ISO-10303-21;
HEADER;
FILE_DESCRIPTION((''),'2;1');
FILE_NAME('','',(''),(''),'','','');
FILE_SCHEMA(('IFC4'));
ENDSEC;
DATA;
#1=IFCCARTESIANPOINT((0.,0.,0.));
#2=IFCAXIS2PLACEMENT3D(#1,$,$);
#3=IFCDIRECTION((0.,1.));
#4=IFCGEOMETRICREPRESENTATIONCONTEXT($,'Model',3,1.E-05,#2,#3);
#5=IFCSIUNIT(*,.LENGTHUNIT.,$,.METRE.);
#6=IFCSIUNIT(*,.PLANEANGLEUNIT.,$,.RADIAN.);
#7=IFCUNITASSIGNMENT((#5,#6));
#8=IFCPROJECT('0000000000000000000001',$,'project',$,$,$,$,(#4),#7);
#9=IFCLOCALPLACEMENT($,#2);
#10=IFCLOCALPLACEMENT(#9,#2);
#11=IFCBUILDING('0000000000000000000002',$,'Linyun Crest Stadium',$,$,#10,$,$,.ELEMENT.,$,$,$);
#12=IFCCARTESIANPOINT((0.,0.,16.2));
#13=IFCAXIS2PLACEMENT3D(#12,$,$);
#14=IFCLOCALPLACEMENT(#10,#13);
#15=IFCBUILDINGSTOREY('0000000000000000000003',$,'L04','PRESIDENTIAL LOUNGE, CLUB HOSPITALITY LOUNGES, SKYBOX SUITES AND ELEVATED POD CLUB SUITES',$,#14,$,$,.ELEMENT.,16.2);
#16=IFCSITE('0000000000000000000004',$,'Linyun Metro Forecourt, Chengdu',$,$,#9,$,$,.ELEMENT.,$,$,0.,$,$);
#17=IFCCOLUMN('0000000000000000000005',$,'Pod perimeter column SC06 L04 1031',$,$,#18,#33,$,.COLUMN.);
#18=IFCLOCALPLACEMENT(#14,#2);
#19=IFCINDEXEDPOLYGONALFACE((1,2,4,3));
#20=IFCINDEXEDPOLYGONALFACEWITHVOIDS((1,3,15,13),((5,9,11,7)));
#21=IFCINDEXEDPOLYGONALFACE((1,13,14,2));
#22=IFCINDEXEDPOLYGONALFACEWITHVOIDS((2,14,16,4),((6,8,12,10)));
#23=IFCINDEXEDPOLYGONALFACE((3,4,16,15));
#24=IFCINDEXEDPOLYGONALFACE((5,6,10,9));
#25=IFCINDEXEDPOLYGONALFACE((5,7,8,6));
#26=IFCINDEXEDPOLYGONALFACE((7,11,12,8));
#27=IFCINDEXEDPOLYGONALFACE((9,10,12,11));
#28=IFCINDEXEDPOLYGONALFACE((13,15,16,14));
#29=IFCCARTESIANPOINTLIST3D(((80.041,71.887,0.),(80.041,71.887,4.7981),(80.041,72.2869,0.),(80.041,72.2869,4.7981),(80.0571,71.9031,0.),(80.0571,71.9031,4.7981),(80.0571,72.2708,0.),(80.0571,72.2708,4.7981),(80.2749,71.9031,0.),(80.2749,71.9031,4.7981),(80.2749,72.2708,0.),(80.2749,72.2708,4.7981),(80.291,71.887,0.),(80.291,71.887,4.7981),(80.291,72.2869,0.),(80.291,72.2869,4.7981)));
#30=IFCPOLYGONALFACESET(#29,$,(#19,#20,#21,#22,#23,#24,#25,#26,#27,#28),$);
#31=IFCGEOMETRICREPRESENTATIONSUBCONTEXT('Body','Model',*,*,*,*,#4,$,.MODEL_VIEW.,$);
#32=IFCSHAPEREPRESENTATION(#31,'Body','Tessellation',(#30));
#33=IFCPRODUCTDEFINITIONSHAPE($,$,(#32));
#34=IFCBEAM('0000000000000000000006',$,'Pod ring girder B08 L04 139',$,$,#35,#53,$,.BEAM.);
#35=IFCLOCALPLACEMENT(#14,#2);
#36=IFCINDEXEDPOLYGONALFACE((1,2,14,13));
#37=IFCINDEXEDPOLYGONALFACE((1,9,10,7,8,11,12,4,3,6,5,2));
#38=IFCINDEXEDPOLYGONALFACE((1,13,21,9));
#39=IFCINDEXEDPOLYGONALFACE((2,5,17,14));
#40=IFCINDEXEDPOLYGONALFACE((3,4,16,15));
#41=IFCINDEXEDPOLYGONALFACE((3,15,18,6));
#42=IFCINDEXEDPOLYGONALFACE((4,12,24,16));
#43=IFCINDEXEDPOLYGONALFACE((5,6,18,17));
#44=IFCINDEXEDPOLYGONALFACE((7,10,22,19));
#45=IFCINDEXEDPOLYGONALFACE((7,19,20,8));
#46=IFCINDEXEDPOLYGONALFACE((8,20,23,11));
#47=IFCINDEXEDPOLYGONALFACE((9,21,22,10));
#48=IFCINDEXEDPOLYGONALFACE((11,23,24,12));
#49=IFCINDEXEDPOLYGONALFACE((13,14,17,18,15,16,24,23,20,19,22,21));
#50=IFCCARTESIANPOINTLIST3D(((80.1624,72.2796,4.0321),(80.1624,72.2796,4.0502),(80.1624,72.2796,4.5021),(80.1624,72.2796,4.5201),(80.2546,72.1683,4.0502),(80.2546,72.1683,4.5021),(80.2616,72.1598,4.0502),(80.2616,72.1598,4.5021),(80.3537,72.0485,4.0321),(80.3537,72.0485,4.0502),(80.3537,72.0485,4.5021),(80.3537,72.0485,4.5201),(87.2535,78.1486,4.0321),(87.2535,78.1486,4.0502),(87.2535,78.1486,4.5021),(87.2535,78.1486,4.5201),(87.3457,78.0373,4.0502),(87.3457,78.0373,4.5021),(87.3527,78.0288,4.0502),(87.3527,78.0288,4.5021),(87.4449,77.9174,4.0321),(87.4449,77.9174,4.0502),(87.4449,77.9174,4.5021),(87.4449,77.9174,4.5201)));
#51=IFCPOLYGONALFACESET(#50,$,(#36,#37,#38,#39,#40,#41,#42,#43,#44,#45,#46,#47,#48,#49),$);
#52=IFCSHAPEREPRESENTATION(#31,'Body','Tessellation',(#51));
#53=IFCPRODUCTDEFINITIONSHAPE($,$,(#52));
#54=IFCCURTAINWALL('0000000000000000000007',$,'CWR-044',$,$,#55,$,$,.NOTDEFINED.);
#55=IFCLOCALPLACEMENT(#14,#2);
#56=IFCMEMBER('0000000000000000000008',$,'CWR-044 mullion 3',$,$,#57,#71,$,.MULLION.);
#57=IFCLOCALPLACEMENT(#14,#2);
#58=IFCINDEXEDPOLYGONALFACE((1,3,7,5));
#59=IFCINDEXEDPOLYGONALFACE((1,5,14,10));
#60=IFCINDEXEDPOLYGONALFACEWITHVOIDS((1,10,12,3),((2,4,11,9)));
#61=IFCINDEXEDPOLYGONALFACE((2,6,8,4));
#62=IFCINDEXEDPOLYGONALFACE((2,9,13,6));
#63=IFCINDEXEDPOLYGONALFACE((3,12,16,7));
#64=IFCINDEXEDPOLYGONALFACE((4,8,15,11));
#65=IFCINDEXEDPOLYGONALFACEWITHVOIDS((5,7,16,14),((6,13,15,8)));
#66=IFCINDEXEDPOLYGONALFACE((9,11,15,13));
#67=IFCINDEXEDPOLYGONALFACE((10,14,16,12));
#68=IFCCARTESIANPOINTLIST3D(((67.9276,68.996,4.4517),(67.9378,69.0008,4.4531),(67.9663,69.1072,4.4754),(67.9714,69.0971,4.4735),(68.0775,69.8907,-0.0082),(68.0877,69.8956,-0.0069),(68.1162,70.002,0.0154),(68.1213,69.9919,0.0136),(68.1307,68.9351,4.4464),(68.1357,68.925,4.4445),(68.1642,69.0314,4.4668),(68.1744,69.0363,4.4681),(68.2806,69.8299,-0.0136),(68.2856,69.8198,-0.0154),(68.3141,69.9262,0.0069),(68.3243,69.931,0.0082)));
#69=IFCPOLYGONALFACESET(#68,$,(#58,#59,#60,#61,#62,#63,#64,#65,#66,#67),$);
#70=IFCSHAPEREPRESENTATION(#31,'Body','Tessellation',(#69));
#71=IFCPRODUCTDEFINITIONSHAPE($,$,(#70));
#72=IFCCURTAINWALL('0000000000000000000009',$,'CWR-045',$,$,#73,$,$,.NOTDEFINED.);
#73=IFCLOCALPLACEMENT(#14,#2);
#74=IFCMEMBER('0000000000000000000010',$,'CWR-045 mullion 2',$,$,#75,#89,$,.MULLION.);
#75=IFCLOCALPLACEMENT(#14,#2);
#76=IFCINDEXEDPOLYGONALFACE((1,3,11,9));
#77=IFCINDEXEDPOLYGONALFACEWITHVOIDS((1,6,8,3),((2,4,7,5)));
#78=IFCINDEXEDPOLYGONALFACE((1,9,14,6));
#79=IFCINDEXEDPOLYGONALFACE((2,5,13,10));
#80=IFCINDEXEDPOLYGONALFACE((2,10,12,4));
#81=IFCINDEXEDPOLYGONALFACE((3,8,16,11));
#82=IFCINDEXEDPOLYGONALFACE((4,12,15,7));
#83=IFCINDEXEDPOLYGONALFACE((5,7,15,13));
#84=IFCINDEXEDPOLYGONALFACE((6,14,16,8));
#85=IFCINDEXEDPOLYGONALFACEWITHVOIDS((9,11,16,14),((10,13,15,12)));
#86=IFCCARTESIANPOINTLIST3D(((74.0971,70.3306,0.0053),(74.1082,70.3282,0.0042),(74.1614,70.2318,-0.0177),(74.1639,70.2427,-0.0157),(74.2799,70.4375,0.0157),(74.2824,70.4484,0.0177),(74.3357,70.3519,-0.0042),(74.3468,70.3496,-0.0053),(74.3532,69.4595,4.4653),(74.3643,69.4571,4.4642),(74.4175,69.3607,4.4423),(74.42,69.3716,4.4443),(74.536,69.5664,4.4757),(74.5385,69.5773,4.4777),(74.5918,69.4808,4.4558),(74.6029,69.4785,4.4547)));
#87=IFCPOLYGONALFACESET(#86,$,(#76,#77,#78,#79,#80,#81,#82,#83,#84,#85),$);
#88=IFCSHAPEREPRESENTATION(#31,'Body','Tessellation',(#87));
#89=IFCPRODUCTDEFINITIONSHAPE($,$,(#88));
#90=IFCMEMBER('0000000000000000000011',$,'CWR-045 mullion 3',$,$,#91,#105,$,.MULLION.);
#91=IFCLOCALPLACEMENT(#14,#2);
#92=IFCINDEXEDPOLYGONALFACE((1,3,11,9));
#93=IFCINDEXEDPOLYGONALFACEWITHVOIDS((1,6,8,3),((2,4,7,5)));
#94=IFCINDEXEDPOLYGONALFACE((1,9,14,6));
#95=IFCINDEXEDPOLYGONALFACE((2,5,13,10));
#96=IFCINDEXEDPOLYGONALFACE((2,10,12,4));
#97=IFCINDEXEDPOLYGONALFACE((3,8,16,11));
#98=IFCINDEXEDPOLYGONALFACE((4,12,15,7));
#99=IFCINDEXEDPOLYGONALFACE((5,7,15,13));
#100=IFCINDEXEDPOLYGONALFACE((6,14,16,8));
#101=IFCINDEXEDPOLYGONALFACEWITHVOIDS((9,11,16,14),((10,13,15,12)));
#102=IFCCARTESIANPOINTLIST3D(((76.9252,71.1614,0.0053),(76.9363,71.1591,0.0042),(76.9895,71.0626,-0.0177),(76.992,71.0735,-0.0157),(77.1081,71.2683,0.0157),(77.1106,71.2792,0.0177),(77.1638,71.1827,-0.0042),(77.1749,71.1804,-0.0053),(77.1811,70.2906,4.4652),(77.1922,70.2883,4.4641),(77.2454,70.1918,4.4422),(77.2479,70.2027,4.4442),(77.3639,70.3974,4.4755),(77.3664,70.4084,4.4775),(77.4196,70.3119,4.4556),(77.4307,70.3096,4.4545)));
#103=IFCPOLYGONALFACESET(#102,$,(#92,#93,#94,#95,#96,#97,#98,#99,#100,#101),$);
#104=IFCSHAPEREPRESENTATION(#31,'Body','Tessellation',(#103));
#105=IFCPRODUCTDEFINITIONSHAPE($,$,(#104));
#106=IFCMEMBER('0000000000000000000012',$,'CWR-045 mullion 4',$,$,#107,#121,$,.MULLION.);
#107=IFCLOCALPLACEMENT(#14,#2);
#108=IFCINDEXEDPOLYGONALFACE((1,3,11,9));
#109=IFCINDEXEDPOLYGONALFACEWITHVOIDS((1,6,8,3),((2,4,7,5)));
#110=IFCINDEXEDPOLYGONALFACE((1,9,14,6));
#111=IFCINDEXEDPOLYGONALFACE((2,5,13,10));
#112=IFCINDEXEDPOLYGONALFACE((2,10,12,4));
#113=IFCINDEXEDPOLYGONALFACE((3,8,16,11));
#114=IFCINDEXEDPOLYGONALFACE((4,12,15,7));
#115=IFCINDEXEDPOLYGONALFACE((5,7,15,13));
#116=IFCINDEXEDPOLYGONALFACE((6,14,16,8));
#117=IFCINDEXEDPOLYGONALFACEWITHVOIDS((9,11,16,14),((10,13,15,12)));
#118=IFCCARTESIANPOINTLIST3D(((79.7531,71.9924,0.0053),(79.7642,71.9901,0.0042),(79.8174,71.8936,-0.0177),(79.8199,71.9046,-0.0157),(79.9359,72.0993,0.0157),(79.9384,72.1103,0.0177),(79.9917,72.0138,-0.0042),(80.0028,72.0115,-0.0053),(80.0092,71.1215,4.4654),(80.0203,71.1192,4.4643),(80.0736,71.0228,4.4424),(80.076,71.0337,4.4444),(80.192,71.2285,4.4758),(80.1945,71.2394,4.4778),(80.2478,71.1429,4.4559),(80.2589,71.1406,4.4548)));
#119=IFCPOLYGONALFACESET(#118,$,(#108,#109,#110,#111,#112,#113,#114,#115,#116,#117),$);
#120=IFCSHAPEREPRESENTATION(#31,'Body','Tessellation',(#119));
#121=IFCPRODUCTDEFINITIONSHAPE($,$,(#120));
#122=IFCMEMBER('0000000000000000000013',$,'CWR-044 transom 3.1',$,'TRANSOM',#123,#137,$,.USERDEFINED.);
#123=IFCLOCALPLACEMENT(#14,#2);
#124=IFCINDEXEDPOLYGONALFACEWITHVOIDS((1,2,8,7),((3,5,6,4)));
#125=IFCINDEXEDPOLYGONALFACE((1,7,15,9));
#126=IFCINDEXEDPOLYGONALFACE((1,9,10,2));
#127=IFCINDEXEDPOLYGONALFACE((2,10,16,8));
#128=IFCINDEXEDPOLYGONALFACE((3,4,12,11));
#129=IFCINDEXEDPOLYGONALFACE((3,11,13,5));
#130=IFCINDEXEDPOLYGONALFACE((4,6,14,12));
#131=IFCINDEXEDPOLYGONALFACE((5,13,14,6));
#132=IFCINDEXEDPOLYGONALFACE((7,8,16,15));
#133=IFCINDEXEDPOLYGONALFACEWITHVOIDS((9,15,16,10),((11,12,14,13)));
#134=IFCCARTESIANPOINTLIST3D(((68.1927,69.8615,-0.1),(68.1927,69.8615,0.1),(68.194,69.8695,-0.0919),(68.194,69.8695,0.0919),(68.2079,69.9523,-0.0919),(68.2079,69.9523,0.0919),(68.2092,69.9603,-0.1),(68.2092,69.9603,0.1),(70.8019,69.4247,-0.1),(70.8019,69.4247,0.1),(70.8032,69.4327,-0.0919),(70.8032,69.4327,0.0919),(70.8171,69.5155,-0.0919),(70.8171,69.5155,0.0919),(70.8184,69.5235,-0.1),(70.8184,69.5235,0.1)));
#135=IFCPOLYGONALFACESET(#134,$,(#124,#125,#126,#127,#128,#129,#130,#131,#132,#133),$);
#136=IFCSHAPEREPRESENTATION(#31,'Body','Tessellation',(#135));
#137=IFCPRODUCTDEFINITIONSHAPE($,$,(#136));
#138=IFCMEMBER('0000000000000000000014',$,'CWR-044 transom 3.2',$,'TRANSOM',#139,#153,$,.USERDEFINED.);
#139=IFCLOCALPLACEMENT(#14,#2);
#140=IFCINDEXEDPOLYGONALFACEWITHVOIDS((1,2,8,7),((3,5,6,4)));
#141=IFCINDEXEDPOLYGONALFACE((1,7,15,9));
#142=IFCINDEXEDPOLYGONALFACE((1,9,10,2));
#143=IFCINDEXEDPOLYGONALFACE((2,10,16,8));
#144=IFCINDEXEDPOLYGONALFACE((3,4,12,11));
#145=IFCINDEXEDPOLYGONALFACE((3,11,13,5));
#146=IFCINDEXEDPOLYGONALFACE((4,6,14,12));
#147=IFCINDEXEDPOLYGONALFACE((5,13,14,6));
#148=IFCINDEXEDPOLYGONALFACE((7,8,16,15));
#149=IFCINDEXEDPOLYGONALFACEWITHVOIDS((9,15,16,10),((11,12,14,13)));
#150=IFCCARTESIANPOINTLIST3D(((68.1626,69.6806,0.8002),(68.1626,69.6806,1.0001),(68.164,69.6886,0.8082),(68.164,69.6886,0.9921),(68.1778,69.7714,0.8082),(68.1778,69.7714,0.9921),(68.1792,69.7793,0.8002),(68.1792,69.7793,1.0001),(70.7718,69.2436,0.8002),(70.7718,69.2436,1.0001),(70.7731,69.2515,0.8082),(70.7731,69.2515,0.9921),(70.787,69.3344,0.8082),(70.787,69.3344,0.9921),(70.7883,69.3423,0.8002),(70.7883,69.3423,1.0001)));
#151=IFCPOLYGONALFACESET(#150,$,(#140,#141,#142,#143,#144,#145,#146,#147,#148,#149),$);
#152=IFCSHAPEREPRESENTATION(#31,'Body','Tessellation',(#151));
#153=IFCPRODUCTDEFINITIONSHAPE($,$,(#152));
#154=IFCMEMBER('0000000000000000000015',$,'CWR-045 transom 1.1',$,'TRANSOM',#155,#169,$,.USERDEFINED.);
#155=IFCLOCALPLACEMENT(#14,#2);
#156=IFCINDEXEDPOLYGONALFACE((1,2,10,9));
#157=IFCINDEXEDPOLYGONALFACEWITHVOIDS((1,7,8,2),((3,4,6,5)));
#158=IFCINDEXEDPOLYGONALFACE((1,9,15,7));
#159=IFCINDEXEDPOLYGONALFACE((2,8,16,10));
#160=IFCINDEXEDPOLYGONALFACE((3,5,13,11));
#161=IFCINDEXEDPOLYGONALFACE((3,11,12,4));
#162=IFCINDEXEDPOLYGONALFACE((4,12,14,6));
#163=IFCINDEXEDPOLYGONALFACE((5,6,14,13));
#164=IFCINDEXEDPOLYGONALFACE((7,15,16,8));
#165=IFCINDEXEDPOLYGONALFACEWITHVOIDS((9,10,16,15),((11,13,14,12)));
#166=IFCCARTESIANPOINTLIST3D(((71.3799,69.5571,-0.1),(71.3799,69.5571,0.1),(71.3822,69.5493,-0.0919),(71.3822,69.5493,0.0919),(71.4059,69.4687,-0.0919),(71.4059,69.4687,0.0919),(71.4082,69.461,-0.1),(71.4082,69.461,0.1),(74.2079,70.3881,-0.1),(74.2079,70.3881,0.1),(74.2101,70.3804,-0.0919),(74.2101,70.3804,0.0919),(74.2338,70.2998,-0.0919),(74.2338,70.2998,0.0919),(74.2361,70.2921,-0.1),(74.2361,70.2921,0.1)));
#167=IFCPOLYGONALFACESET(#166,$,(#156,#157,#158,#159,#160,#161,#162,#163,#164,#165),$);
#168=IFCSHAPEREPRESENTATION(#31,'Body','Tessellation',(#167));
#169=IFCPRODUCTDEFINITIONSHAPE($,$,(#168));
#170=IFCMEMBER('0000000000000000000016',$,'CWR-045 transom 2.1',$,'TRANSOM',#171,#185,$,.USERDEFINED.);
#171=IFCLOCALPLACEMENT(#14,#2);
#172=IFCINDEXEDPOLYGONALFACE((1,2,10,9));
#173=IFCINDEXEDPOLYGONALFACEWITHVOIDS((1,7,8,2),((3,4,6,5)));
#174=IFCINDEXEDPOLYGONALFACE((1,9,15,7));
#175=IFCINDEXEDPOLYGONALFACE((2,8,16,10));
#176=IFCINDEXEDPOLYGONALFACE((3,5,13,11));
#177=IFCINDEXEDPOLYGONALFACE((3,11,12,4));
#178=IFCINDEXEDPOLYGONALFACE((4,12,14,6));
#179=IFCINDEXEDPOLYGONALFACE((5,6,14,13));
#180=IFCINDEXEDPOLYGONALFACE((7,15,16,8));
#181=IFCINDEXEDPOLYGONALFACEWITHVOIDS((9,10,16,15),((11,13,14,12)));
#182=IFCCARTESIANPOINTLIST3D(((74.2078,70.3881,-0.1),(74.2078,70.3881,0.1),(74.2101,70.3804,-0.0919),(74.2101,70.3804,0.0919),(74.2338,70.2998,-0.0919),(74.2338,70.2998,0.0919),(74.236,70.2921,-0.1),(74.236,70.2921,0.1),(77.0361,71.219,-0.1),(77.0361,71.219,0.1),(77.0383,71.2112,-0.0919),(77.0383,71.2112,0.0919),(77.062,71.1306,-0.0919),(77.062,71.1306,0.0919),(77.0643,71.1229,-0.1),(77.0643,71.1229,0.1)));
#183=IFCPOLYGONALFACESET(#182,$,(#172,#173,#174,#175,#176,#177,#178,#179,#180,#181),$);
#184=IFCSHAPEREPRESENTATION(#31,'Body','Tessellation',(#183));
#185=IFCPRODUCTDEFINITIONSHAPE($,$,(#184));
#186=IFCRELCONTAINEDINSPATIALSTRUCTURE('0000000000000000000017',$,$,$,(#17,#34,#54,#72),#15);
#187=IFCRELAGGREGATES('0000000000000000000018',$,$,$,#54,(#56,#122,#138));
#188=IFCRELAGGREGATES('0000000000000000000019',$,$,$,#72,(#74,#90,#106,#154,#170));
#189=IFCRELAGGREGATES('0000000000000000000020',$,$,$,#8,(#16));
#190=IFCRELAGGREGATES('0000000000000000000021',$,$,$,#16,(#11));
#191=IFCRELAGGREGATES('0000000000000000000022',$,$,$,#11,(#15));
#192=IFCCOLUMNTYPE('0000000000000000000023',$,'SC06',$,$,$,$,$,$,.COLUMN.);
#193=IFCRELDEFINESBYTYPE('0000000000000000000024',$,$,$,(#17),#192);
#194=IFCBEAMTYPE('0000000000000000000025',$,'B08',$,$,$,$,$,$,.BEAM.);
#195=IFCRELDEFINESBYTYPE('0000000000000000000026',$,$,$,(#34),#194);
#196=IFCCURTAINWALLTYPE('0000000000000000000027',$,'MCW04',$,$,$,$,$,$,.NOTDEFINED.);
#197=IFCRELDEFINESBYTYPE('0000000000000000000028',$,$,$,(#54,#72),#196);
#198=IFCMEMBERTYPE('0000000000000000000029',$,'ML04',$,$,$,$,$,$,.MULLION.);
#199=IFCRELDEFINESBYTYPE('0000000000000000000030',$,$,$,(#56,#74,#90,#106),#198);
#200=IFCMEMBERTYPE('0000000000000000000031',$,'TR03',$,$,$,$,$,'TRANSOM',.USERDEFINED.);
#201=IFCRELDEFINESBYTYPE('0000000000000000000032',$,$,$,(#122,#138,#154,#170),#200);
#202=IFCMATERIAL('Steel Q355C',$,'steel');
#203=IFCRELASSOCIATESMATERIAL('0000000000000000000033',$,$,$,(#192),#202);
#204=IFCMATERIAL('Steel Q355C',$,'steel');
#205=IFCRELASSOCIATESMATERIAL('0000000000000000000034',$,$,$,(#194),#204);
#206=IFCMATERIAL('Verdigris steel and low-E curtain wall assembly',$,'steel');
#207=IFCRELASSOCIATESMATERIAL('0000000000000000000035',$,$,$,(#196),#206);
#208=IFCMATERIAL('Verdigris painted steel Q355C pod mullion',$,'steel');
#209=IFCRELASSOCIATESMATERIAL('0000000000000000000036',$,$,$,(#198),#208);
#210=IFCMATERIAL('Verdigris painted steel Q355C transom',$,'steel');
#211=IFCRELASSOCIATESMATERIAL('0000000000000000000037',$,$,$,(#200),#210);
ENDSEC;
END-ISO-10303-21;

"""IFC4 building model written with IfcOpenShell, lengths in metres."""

from ifc_helpers import new_model, si_unit, direction, frame, origin, origin_2d, place, context, subcontext, project, spatial, hollow_rectangle, i_section, extrude, material, material_profile, profile_set, type_object, element, aggregate, save


model = new_model("IFC4")

# Units and contexts
model_context = context("Model", 3, precision=1e-05, world=origin(), true_north=direction((0.0, 1.0)))
body_context = subcontext(model_context, "Body", "Model", "MODEL_VIEW")
ifc_project = project(units=[si_unit("LENGTHUNIT", "METRE"), si_unit("PLANEANGLEUNIT", "RADIAN")], contexts=[model_context])

# Site, building, storey
site_placement = place(None, origin())
site = spatial("IfcSite", under=ifc_project, at=site_placement, Name="Linyun Metro Forecourt, Chengdu", CompositionType="ELEMENT", RefElevation=0.0)
building_placement = place(site_placement, origin())
building = spatial("IfcBuilding", under=site, at=building_placement, Name="Linyun Crest Stadium", CompositionType="ELEMENT")
storey_placement = place(building_placement, frame((0.0, 0.0, 16.2)))
storey = spatial("IfcBuildingStorey", under=building, at=storey_placement, Name="L04", Description="PRESIDENTIAL LOUNGE, CLUB HOSPITALITY LOUNGES, SKYBOX SUITES AND ELEVATED POD CLUB SUITES", CompositionType="ELEMENT", Elevation=16.2)

# Column
ifc_material_1 = material(Name="Steel Q355C", Category="steel")
ifc_material_profile_1 = material_profile(ifc_material_1, hollow_rectangle(XDim=0.25, YDim=0.3999, WallThickness=0.0161, at=origin_2d()), Name="RHS 400x250x16")
ifc_profile_set_1 = profile_set([ifc_material_profile_1], Name="Steel Q355C")
column_type = type_object("IfcColumnType", Name="SC06", PredefinedType="COLUMN", material=ifc_profile_set_1)
column_placement = place(storey_placement, frame((80.166, 72.0869, 0.0), z_axis=(0.0, 0.0, 1.0), x_axis=(1.0, 0.0, 0.0)))
element("IfcColumn", 1, at=column_placement, inside=storey, type_object=column_type, Name="Pod perimeter column SC06 L04 1031", PredefinedType="COLUMN", context=body_context, shape_type="SweptSolid", body=[
    extrude(hollow_rectangle(XDim=0.25, YDim=0.3999, WallThickness=0.0161, at=origin_2d()), origin(), (0.0, 0.0, 1.0), 4.7981),
])

# Beam
ifc_material_2 = material(Name="Steel Q355C", Category="steel")
ifc_material_profile_2 = material_profile(ifc_material_2, i_section(OverallWidth=0.3, OverallDepth=0.488, WebThickness=0.011, FlangeThickness=0.0181, at=origin_2d()), Name="HM 488x300")
ifc_profile_set_2 = profile_set([ifc_material_profile_2], Name="Steel Q355C")
beam_type = type_object("IfcBeamType", Name="B08", PredefinedType="BEAM", material=ifc_profile_set_2)
beam_placement = place(storey_placement, frame((80.2581, 72.1641, 4.2761), z_axis=(0.770371, 0.637595, 0.0), x_axis=(-0.637595, 0.770371, 0.0)))
element("IfcBeam", 2, at=beam_placement, inside=storey, type_object=beam_type, Name="Pod ring girder B08 L04 139", PredefinedType="BEAM", context=body_context, shape_type="SweptSolid", body=[
    extrude(i_section(OverallWidth=0.3, OverallDepth=0.488, WebThickness=0.011, FlangeThickness=0.0181, at=origin_2d()), origin(), (0.0, 0.0, 1.0), 9.2048),
])

# Curtain wall, member
ifc_material_3 = material(Name="Verdigris steel and low-E curtain wall assembly", Category="steel")
curtain_wall_type = type_object("IfcCurtainWallType", Name="MCW04", PredefinedType="NOTDEFINED", material=ifc_material_3)
curtain_wall_1_placement = place(storey_placement, origin())
curtain_wall_1 = element("IfcCurtainWall", 3, at=curtain_wall_1_placement, inside=storey, type_object=curtain_wall_type, Name="CWR-044", PredefinedType="NOTDEFINED")
ifc_material_4 = material(Name="Verdigris painted steel Q355C pod mullion", Category="steel")
ifc_material_profile_3 = material_profile(ifc_material_4, hollow_rectangle(XDim=0.1201, YDim=0.22, WallThickness=0.0081, at=origin_2d()), Name="RHS 220x120x8")
ifc_profile_set_3 = profile_set([ifc_material_profile_3], Name="Verdigris painted steel Q355C pod mullion")
member_type_1 = type_object("IfcMemberType", Name="ML04", PredefinedType="MULLION", material=ifc_profile_set_3)
member_1_placement = place(storey_placement, frame((68.2009, 69.9109, 0.0), z_axis=(-0.032936, -0.196598, 0.979931), x_axis=(0.322471, 0.925937, 0.196604)))
member_1 = element("IfcMember", 4, at=member_1_placement, type_object=member_type_1, Name="CWR-044 mullion 3", PredefinedType="MULLION", context=body_context, shape_type="SweptSolid", body=[
    extrude(hollow_rectangle(XDim=0.1201, YDim=0.22, WallThickness=0.0081, at=origin_2d()), origin(), (0.0, 0.0, 1.0), 4.5513),
])

# Curtain wall, members
curtain_wall_2_placement = place(storey_placement, origin())
curtain_wall_2 = element("IfcCurtainWall", 5, at=curtain_wall_2_placement, inside=storey, type_object=curtain_wall_type, Name="CWR-045", PredefinedType="NOTDEFINED")
member_2_placement = place(storey_placement, frame((74.2219, 70.3401, 0.0), z_axis=(0.056269, -0.191388, 0.9799), x_axis=(-0.535733, 0.822411, 0.191392)))
member_2 = element("IfcMember", 6, at=member_2_placement, type_object=member_type_1, Name="CWR-045 mullion 2", PredefinedType="MULLION", context=body_context, shape_type="SweptSolid", body=[
    extrude(hollow_rectangle(XDim=0.1201, YDim=0.22, WallThickness=0.0081, at=origin_2d()), origin(), (0.0, 0.0, 1.0), 4.5515),
])
member_3_placement = place(storey_placement, frame((77.05, 71.1709, 0.0), z_axis=(0.056216, -0.191337, 0.979913), x_axis=(-0.535586, 0.822521, 0.19133)))
member_3 = element("IfcMember", 7, at=member_3_placement, type_object=member_type_1, Name="CWR-045 mullion 3", PredefinedType="MULLION", context=body_context, shape_type="SweptSolid", body=[
    extrude(hollow_rectangle(XDim=0.1201, YDim=0.22, WallThickness=0.0081, at=origin_2d()), origin(), (0.0, 0.0, 1.0), 4.5513),
])
member_4_placement = place(storey_placement, frame((79.8779, 72.002, 0.0), z_axis=(0.056269, -0.191337, 0.97991), x_axis=(-0.535798, 0.82238, 0.191344)))
member_4 = element("IfcMember", 8, at=member_4_placement, type_object=member_type_1, Name="CWR-045 mullion 4", PredefinedType="MULLION", context=body_context, shape_type="SweptSolid", body=[
    extrude(hollow_rectangle(XDim=0.1201, YDim=0.22, WallThickness=0.0081, at=origin_2d()), origin(), (0.0, 0.0, 1.0), 4.5515),
])

# Members
ifc_material_5 = material(Name="Verdigris painted steel Q355C transom", Category="steel")
ifc_material_profile_4 = material_profile(ifc_material_5, hollow_rectangle(XDim=0.1001, YDim=0.2, WallThickness=0.0081, at=origin_2d()), Name="RHS 200x100x8")
ifc_profile_set_4 = profile_set([ifc_material_profile_4], Name="Verdigris painted steel Q355C transom")
member_type_2 = type_object("IfcMemberType", Name="TR03", ElementType="TRANSOM", PredefinedType="USERDEFINED", material=ifc_profile_set_4)
member_5_placement = place(storey_placement, frame((68.2009, 69.9109, 0.0), z_axis=(0.986276, -0.165102, 0.0), x_axis=(0.165102, 0.986276, 0.0)))
member_5 = element("IfcMember", 9, at=member_5_placement, type_object=member_type_2, Name="CWR-044 transom 3.1", ObjectType="TRANSOM", PredefinedType="USERDEFINED", context=body_context, shape_type="SweptSolid", body=[
    extrude(hollow_rectangle(XDim=0.1001, YDim=0.2, WallThickness=0.0081, at=origin_2d()), origin(), (0.0, 0.0, 1.0), 2.6455),
])
member_6_placement = place(storey_placement, frame((68.1709, 69.73, 0.9001), z_axis=(0.986261, -0.165192, 0.0), x_axis=(0.165192, 0.986261, 0.0)))
member_6 = element("IfcMember", 10, at=member_6_placement, type_object=member_type_2, Name="CWR-044 transom 3.2", ObjectType="TRANSOM", PredefinedType="USERDEFINED", context=body_context, shape_type="SweptSolid", body=[
    extrude(hollow_rectangle(XDim=0.1001, YDim=0.2, WallThickness=0.0081, at=origin_2d()), origin(), (0.0, 0.0, 1.0), 2.6455),
])
member_7_placement = place(storey_placement, frame((71.394, 69.509, 0.0), z_axis=(0.959427, 0.281956, 0.0), x_axis=(-0.281956, 0.959427, 0.0)))
member_7 = element("IfcMember", 11, at=member_7_placement, type_object=member_type_2, Name="CWR-045 transom 1.1", ObjectType="TRANSOM", PredefinedType="USERDEFINED", context=body_context, shape_type="SweptSolid", body=[
    extrude(hollow_rectangle(XDim=0.1001, YDim=0.2, WallThickness=0.0081, at=origin_2d()), origin(), (0.0, 0.0, 1.0), 2.9475),
])
member_8_placement = place(storey_placement, frame((74.2219, 70.3401, 0.0), z_axis=(0.959456, 0.281857, 0.0), x_axis=(-0.281857, 0.959456, 0.0)))
member_8 = element("IfcMember", 12, at=member_8_placement, type_object=member_type_2, Name="CWR-045 transom 2.1", ObjectType="TRANSOM", PredefinedType="USERDEFINED", context=body_context, shape_type="SweptSolid", body=[
    extrude(hollow_rectangle(XDim=0.1001, YDim=0.2, WallThickness=0.0081, at=origin_2d()), origin(), (0.0, 0.0, 1.0), 2.9478),
])

aggregate(curtain_wall_1, [member_1, member_5, member_6])
aggregate(curtain_wall_2, [member_2, member_3, member_4, member_7, member_8])

save(model, "model.ifc")
